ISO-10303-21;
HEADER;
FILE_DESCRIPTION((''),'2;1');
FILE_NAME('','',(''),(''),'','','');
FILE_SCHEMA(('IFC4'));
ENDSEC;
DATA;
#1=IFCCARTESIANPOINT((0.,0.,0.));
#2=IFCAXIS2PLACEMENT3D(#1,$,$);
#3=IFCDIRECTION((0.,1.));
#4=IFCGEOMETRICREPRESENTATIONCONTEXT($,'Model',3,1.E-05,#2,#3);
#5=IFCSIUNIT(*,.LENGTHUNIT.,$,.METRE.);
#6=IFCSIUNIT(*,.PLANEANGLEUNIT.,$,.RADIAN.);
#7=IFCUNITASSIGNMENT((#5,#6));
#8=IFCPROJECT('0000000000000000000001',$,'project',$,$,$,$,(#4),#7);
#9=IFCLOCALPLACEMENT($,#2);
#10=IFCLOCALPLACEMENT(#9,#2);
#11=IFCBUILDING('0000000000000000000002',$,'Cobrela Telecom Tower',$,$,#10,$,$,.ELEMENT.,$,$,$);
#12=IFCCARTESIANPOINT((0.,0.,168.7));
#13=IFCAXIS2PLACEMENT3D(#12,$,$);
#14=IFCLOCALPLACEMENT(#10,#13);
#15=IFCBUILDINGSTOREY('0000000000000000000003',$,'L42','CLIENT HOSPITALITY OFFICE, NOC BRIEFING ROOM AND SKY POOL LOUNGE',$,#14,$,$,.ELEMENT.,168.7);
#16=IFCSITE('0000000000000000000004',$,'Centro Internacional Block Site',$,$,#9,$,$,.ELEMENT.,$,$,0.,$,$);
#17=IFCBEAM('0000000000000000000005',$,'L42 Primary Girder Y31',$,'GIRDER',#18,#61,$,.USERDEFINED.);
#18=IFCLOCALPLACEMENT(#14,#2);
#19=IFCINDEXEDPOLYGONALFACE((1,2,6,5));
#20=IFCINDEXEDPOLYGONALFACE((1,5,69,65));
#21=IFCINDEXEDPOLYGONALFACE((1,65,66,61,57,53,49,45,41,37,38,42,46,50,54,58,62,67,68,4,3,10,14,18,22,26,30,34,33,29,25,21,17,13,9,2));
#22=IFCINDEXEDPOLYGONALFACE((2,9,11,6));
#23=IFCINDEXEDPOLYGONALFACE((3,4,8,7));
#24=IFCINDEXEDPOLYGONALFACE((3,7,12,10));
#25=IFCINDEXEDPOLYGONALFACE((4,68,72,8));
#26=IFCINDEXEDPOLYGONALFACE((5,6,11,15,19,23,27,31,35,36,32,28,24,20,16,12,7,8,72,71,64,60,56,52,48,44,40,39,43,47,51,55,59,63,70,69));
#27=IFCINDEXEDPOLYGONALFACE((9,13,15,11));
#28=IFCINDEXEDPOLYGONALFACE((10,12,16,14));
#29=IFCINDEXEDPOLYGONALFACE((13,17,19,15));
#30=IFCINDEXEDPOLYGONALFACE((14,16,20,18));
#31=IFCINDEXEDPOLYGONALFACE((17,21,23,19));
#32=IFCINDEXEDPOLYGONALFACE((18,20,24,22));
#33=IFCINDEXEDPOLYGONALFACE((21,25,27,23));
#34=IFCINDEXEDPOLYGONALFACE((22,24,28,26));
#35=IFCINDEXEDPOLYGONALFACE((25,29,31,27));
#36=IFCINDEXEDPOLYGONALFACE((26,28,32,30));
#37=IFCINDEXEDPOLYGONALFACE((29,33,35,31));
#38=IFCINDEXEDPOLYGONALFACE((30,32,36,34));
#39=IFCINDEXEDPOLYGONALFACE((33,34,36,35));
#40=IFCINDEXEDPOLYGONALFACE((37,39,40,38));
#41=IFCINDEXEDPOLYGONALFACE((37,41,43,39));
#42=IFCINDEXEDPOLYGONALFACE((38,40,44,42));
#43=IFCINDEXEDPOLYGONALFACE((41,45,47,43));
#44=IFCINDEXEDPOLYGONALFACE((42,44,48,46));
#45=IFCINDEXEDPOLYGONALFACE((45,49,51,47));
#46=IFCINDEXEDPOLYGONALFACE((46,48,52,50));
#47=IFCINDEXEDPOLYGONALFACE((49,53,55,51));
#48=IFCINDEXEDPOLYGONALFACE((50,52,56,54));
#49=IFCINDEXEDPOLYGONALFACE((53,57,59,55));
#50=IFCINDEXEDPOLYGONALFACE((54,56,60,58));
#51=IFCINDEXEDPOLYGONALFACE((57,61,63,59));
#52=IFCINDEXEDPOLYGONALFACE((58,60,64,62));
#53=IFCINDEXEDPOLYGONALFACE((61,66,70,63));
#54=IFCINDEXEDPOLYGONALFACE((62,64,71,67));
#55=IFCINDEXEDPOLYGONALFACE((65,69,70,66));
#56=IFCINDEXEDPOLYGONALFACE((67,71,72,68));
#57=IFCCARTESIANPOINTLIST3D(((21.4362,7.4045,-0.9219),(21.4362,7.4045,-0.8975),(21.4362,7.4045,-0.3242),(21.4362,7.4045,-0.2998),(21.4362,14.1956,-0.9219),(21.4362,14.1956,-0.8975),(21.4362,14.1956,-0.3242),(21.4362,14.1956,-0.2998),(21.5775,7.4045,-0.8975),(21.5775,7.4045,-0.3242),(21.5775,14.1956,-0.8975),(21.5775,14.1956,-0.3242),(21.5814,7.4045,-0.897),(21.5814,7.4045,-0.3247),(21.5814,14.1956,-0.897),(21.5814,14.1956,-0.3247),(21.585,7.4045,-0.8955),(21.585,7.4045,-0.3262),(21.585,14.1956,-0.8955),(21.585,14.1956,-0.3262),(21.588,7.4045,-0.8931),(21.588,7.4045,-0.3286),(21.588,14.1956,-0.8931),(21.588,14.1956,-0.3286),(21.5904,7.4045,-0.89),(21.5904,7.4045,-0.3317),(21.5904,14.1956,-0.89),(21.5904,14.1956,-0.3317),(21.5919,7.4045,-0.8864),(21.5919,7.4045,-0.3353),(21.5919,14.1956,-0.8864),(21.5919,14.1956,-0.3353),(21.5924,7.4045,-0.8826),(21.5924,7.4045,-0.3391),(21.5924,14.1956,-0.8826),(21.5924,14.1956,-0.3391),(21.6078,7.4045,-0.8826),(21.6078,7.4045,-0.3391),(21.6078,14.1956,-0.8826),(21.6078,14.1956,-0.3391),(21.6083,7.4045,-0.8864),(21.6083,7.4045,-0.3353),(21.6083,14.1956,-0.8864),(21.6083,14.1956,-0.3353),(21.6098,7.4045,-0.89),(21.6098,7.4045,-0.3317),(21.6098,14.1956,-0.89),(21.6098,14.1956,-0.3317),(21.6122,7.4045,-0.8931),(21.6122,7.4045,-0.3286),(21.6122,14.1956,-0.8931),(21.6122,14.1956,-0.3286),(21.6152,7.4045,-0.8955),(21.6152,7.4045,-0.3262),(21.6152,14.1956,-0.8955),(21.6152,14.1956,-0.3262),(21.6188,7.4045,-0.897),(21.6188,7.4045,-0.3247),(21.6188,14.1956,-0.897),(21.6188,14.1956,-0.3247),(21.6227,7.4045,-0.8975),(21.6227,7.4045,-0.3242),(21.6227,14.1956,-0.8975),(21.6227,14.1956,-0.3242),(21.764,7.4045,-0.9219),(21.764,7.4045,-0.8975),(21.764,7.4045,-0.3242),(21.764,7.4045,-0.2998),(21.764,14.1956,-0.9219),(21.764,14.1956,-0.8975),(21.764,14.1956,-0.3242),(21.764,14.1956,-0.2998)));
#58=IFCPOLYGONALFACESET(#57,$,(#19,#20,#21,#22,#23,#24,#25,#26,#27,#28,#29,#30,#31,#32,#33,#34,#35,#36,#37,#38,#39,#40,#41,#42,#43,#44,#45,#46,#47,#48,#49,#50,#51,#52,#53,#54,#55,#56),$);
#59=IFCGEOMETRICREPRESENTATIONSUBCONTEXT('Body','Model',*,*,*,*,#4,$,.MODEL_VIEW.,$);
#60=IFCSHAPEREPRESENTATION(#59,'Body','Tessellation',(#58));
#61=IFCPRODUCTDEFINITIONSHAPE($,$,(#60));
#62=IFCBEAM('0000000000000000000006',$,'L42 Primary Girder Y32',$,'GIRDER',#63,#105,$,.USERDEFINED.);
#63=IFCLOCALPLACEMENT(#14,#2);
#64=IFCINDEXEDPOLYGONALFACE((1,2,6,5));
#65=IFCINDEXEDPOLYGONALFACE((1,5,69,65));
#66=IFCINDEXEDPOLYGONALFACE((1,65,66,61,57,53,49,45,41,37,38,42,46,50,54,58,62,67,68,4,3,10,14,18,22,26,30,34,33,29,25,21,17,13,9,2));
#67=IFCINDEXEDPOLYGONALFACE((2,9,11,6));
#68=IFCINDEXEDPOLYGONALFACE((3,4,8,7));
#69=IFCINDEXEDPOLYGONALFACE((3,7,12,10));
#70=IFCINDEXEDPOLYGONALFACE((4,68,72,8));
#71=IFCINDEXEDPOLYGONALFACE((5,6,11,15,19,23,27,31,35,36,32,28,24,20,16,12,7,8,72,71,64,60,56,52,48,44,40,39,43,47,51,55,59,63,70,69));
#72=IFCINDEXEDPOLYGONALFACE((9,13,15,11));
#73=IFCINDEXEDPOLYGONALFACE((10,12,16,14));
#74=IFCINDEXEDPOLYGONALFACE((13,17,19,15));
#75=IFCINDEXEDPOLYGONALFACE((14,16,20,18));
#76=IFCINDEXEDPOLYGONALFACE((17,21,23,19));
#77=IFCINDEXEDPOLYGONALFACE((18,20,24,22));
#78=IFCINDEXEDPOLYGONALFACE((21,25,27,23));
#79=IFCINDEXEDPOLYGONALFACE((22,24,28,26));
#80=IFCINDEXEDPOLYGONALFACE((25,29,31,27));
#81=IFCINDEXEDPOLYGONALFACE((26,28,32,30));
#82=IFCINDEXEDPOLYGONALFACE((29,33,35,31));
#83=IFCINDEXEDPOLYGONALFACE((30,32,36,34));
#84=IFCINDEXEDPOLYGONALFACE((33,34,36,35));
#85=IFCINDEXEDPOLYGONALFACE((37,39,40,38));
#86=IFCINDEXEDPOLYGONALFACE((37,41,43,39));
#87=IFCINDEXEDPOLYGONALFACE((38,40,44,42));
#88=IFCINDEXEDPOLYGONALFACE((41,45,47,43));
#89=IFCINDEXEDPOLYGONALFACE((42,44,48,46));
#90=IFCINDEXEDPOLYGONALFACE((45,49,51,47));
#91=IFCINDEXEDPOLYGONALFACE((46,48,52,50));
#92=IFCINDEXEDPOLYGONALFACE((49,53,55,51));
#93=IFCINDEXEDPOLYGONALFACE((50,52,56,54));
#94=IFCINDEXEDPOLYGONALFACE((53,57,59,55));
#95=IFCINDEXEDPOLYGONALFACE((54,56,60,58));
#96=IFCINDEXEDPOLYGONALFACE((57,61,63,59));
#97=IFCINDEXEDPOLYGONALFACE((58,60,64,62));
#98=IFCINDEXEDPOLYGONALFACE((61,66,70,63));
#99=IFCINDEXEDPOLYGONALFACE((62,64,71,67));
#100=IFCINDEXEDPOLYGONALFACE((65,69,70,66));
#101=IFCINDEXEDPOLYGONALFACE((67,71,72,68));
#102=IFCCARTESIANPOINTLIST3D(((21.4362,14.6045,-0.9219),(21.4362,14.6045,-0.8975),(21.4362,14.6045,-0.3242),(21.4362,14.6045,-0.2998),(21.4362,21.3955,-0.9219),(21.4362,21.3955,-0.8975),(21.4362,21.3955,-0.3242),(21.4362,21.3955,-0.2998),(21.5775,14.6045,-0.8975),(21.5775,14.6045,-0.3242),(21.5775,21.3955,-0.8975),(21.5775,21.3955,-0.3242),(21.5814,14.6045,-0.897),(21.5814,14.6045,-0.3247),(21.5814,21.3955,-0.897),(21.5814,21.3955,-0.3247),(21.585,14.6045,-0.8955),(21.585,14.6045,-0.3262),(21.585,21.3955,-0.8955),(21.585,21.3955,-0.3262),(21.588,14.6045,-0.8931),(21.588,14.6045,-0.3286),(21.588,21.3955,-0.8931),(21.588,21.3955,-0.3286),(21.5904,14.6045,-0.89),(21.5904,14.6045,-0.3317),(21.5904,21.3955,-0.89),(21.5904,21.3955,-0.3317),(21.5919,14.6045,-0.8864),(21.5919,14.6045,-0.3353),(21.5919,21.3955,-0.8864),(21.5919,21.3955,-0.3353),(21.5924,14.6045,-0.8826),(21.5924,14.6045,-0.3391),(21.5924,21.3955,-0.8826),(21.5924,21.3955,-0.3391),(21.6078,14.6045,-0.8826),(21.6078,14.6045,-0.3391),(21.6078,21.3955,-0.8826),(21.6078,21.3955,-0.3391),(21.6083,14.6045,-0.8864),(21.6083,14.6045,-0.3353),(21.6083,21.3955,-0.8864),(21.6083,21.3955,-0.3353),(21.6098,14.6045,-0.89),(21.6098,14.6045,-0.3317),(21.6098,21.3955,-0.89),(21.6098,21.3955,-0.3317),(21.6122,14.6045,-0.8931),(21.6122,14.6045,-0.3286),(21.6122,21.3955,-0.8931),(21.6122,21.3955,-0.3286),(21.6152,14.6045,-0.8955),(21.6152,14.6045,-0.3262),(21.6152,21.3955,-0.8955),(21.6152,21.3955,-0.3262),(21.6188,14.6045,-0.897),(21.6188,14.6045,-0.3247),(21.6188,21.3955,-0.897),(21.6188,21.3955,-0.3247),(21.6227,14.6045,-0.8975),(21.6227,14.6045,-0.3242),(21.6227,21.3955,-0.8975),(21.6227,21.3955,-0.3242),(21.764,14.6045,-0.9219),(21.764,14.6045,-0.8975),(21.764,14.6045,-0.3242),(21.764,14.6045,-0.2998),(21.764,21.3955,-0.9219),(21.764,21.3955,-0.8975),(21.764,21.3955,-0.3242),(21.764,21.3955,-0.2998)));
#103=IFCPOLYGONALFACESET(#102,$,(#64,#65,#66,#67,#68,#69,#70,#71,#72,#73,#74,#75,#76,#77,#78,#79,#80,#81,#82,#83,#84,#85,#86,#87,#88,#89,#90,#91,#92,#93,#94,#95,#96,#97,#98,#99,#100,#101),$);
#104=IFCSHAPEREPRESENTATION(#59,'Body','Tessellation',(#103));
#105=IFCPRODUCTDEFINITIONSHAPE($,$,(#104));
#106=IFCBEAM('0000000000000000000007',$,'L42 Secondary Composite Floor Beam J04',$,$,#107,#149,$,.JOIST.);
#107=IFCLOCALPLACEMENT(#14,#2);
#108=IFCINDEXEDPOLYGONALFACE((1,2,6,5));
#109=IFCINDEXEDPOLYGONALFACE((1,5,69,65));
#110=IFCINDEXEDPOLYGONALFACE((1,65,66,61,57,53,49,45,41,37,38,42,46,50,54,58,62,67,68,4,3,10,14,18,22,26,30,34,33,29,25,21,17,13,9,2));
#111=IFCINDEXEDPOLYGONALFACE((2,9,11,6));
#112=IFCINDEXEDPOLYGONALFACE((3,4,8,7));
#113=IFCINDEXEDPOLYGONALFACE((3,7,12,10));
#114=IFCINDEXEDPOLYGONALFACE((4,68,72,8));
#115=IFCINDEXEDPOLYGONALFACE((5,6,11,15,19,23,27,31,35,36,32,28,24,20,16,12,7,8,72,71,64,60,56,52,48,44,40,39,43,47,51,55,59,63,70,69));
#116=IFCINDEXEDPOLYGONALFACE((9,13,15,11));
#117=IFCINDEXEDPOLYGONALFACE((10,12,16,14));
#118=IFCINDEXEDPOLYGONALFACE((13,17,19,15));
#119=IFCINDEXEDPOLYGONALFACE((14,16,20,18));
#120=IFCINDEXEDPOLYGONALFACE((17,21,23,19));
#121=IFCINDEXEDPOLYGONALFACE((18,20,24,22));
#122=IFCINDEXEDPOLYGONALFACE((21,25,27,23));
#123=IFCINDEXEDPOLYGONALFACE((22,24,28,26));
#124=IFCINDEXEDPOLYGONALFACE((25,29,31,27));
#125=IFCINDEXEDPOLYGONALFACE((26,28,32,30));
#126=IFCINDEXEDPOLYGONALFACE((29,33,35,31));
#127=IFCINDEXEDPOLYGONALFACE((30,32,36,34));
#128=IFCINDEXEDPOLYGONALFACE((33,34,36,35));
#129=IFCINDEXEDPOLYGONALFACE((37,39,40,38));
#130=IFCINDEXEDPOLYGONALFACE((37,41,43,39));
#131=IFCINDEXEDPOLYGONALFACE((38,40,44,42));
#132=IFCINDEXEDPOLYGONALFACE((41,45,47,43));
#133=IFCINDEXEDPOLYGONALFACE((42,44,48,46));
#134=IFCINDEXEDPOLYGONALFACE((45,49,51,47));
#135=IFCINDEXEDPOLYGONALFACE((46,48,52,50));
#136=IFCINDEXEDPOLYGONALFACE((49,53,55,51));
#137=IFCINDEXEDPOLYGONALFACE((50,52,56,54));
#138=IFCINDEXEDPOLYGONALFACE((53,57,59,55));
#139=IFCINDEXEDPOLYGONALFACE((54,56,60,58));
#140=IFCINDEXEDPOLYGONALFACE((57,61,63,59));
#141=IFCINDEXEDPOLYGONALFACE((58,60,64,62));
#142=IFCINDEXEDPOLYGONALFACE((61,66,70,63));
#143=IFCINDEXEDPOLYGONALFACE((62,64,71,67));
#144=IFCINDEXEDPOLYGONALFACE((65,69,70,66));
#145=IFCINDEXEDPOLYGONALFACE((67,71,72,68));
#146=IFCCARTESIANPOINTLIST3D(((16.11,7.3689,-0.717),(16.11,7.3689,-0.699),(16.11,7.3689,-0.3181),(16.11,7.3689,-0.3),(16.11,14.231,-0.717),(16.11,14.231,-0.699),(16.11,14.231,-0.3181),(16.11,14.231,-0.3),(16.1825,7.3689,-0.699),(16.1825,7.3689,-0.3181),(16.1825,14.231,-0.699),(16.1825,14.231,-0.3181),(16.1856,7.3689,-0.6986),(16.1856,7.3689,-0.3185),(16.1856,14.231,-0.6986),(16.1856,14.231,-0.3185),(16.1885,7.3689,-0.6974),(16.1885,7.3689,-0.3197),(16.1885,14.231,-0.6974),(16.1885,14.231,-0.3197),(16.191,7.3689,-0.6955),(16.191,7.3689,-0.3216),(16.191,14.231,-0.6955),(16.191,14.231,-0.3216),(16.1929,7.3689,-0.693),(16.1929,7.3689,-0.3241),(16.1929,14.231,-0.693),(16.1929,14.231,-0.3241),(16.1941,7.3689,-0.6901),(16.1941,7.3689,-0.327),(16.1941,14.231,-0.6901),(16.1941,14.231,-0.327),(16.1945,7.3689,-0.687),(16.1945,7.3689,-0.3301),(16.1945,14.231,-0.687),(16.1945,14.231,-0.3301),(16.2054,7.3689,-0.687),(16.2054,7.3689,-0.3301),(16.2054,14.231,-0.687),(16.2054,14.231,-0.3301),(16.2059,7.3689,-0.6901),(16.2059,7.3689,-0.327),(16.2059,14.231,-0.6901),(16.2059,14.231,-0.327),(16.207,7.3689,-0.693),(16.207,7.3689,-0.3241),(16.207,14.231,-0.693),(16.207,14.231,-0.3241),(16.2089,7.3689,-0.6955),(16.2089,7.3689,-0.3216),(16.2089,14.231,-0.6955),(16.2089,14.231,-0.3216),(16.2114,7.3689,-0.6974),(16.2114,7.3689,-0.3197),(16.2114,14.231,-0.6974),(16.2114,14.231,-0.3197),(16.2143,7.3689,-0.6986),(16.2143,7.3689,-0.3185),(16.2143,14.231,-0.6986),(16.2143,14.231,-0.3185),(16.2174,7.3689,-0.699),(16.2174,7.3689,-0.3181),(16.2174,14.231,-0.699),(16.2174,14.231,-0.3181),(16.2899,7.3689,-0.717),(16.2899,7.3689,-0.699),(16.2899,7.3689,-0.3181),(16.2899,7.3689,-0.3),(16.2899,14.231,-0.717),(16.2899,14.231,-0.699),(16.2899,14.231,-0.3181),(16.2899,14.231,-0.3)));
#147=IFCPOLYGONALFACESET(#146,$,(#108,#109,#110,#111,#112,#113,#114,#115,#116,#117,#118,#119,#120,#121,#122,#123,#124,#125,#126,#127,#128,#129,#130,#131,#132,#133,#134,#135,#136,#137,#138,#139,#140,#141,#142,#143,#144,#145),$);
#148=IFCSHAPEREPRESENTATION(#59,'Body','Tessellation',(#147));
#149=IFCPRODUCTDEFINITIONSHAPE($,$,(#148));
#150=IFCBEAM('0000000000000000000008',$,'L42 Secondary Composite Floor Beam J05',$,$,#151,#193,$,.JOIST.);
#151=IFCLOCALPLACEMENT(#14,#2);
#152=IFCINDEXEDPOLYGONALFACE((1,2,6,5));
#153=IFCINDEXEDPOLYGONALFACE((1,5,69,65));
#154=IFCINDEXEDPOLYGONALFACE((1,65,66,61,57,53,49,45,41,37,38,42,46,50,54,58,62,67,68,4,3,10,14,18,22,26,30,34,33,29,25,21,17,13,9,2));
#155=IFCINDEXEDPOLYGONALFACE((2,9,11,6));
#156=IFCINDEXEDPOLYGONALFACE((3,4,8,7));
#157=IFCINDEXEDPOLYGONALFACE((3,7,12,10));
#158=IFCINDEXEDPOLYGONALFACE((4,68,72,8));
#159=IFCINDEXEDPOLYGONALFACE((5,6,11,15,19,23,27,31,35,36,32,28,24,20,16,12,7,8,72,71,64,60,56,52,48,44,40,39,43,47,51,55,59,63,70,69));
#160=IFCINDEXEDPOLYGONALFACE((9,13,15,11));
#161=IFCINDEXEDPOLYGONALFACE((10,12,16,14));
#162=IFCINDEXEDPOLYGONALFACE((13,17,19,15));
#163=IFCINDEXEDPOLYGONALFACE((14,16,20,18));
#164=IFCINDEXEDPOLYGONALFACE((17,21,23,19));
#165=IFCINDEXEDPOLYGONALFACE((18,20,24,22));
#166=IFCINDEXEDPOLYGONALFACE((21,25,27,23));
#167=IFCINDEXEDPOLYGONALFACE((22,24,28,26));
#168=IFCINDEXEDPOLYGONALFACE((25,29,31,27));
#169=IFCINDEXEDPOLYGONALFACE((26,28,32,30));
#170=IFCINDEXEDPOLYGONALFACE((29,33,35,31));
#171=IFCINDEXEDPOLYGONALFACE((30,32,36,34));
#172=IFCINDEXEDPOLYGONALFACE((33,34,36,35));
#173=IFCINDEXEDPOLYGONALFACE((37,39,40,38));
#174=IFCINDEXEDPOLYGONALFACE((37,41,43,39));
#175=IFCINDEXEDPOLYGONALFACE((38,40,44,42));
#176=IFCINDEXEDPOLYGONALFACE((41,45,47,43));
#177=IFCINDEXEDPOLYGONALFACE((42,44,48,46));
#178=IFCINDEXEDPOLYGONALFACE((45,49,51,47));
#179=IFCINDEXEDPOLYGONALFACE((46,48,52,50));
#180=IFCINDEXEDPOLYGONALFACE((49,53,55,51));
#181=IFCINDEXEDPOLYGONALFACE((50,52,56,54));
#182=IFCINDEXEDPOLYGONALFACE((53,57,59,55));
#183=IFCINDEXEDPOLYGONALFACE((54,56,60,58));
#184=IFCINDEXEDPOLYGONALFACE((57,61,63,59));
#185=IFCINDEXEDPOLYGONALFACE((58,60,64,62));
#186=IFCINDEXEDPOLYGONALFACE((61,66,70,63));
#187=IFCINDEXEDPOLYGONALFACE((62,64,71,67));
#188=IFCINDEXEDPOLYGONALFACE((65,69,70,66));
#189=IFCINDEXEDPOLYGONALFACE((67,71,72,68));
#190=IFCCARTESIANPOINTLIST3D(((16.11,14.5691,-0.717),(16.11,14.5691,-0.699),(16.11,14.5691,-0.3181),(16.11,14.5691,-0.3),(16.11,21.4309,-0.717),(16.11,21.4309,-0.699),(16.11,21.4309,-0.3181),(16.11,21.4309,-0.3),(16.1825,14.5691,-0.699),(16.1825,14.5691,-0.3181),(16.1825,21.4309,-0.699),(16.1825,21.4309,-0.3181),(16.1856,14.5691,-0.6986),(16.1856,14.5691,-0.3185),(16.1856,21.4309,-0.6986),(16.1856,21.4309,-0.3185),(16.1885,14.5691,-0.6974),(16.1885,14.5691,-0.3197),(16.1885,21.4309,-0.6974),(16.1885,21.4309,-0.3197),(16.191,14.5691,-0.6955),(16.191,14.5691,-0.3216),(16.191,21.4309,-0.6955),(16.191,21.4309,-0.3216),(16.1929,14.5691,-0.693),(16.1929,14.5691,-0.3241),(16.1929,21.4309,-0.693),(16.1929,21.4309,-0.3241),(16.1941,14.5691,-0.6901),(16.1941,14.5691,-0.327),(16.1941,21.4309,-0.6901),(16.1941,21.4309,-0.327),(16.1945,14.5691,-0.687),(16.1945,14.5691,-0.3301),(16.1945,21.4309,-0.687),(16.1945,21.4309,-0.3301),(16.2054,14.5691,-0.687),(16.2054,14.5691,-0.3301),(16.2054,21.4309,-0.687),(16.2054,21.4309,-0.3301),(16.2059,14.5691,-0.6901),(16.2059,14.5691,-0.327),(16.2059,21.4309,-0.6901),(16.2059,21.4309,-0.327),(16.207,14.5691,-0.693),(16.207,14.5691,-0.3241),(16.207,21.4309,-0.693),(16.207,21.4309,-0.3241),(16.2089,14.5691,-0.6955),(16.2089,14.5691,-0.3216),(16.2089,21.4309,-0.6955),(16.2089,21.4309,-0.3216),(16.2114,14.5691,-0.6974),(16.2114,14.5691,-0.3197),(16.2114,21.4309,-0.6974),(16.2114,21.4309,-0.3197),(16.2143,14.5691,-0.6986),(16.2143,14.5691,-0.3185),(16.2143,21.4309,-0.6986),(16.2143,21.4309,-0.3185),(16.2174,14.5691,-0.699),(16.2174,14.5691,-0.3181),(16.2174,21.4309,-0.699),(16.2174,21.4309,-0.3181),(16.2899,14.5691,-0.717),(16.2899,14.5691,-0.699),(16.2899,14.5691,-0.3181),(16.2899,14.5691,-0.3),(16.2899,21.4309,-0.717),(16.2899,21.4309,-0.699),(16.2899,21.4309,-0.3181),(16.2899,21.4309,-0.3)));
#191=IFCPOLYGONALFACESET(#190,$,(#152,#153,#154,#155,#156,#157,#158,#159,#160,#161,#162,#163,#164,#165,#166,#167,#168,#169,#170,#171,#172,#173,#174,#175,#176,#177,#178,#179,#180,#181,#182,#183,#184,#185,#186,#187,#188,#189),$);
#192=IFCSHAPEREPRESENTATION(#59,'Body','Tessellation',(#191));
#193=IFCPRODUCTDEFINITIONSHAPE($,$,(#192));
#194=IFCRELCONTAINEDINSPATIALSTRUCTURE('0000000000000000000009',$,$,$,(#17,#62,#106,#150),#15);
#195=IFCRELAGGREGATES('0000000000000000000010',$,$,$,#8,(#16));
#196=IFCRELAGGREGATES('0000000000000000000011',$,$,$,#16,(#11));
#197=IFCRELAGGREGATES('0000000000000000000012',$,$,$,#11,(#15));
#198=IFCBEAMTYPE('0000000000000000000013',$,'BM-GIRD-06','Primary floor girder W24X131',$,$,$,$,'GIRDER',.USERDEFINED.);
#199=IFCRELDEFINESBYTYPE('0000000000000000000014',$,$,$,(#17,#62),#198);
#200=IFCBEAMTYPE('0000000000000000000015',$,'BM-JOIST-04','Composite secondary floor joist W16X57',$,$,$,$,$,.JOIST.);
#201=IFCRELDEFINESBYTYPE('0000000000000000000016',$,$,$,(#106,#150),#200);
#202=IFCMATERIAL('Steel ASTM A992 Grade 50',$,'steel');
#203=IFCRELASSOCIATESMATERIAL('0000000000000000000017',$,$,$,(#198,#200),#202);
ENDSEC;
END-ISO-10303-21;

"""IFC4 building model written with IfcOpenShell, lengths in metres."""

from ifc_helpers import new_model, si_unit, direction, frame, origin, origin_2d, place, context, subcontext, project, spatial, i_section, extrude, material, material_profile, profile_set, type_object, element, save


model = new_model("IFC4")

# Units and contexts
model_context = context("Model", 3, precision=1e-05, world=origin(), true_north=direction((0.0, 1.0)))
body_context = subcontext(model_context, "Body", "Model", "MODEL_VIEW")
ifc_project = project(units=[si_unit("LENGTHUNIT", "METRE"), si_unit("PLANEANGLEUNIT", "RADIAN")], contexts=[model_context])

# Site, building, storey
site_placement = place(None, origin())
site = spatial("IfcSite", under=ifc_project, at=site_placement, Name="Centro Internacional Block Site", CompositionType="ELEMENT", RefElevation=0.0)
building_placement = place(site_placement, origin())
building = spatial("IfcBuilding", under=site, at=building_placement, Name="Cobrela Telecom Tower", CompositionType="ELEMENT")
storey_placement = place(building_placement, frame((0.0, 0.0, 168.7)))
storey = spatial("IfcBuildingStorey", under=building, at=storey_placement, Name="L42", Description="CLIENT HOSPITALITY OFFICE, NOC BRIEFING ROOM AND SKY POOL LOUNGE", CompositionType="ELEMENT", Elevation=168.7)

# Shared definitions
ifc_material_1 = material(Name="Steel ASTM A992 Grade 50", Category="steel")

# Beams
ifc_material_profile_1 = material_profile(ifc_material_1, i_section(OverallWidth=0.3279, OverallDepth=0.6221, WebThickness=0.0154, FlangeThickness=0.0244, FilletRadius=0.0149, at=origin_2d()), Name="W24X131")
ifc_profile_set_1 = profile_set([ifc_material_profile_1], Name="Steel ASTM A992 Grade 50")
beam_type_1 = type_object("IfcBeamType", Name="BM-GIRD-06", Description="Primary floor girder W24X131", ElementType="GIRDER", PredefinedType="USERDEFINED", material=ifc_profile_set_1)
for number, where, z_axis, x_axis, name in (
    (1, (21.6001, 7.4045, -0.6108), (0.0, 1.0, 0.0), (-1.0, 0.0, 0.0), "L42 Primary Girder Y31"),
    (2, (21.6001, 14.6045, -0.6108), (0.0, 1.0, 0.0), (-1.0, 0.0, 0.0), "L42 Primary Girder Y32"),
):
    element("IfcBeam", number, at=place(storey_placement, frame(where, z_axis=z_axis, x_axis=x_axis)), inside=storey, type_object=beam_type_1, Name=name, ObjectType="GIRDER", PredefinedType="USERDEFINED", context=body_context, shape_type="SweptSolid", body=[
        extrude(i_section(OverallWidth=0.3279, OverallDepth=0.6221, WebThickness=0.0154, FlangeThickness=0.0244, FilletRadius=0.0149, at=origin_2d()), origin(), (0.0, 0.0, 1.0), 6.791),
    ])
ifc_material_profile_2 = material_profile(ifc_material_1, i_section(OverallWidth=0.1799, OverallDepth=0.417, WebThickness=0.011, FlangeThickness=0.0181, FilletRadius=0.012, at=origin_2d()), Name="W16X57")
ifc_profile_set_2 = profile_set([ifc_material_profile_2], Name="Steel ASTM A992 Grade 50")
beam_type_2 = type_object("IfcBeamType", Name="BM-JOIST-04", Description="Composite secondary floor joist W16X57", PredefinedType="JOIST", material=ifc_profile_set_2)
beam_1_placement = place(storey_placement, frame((16.2, 7.3689, -0.5085), z_axis=(0.0, 1.0, 0.0), x_axis=(-1.0, 0.0, 0.0)))
element("IfcBeam", 3, at=beam_1_placement, inside=storey, type_object=beam_type_2, Name="L42 Secondary Composite Floor Beam J04", PredefinedType="JOIST", context=body_context, shape_type="SweptSolid", body=[
    extrude(i_section(OverallWidth=0.1799, OverallDepth=0.417, WebThickness=0.011, FlangeThickness=0.0181, FilletRadius=0.012, at=origin_2d()), origin(), (0.0, 0.0, 1.0), 6.8621),
])
beam_2_placement = place(storey_placement, frame((16.2, 14.5691, -0.5085), z_axis=(0.0, 1.0, 0.0), x_axis=(-1.0, 0.0, 0.0)))
element("IfcBeam", 4, at=beam_2_placement, inside=storey, type_object=beam_type_2, Name="L42 Secondary Composite Floor Beam J05", PredefinedType="JOIST", context=body_context, shape_type="SweptSolid", body=[
    extrude(i_section(OverallWidth=0.1799, OverallDepth=0.417, WebThickness=0.011, FlangeThickness=0.0181, FilletRadius=0.012, at=origin_2d()), origin(), (0.0, 0.0, 1.0), 6.8618),
])

save(model, "model.ifc")
